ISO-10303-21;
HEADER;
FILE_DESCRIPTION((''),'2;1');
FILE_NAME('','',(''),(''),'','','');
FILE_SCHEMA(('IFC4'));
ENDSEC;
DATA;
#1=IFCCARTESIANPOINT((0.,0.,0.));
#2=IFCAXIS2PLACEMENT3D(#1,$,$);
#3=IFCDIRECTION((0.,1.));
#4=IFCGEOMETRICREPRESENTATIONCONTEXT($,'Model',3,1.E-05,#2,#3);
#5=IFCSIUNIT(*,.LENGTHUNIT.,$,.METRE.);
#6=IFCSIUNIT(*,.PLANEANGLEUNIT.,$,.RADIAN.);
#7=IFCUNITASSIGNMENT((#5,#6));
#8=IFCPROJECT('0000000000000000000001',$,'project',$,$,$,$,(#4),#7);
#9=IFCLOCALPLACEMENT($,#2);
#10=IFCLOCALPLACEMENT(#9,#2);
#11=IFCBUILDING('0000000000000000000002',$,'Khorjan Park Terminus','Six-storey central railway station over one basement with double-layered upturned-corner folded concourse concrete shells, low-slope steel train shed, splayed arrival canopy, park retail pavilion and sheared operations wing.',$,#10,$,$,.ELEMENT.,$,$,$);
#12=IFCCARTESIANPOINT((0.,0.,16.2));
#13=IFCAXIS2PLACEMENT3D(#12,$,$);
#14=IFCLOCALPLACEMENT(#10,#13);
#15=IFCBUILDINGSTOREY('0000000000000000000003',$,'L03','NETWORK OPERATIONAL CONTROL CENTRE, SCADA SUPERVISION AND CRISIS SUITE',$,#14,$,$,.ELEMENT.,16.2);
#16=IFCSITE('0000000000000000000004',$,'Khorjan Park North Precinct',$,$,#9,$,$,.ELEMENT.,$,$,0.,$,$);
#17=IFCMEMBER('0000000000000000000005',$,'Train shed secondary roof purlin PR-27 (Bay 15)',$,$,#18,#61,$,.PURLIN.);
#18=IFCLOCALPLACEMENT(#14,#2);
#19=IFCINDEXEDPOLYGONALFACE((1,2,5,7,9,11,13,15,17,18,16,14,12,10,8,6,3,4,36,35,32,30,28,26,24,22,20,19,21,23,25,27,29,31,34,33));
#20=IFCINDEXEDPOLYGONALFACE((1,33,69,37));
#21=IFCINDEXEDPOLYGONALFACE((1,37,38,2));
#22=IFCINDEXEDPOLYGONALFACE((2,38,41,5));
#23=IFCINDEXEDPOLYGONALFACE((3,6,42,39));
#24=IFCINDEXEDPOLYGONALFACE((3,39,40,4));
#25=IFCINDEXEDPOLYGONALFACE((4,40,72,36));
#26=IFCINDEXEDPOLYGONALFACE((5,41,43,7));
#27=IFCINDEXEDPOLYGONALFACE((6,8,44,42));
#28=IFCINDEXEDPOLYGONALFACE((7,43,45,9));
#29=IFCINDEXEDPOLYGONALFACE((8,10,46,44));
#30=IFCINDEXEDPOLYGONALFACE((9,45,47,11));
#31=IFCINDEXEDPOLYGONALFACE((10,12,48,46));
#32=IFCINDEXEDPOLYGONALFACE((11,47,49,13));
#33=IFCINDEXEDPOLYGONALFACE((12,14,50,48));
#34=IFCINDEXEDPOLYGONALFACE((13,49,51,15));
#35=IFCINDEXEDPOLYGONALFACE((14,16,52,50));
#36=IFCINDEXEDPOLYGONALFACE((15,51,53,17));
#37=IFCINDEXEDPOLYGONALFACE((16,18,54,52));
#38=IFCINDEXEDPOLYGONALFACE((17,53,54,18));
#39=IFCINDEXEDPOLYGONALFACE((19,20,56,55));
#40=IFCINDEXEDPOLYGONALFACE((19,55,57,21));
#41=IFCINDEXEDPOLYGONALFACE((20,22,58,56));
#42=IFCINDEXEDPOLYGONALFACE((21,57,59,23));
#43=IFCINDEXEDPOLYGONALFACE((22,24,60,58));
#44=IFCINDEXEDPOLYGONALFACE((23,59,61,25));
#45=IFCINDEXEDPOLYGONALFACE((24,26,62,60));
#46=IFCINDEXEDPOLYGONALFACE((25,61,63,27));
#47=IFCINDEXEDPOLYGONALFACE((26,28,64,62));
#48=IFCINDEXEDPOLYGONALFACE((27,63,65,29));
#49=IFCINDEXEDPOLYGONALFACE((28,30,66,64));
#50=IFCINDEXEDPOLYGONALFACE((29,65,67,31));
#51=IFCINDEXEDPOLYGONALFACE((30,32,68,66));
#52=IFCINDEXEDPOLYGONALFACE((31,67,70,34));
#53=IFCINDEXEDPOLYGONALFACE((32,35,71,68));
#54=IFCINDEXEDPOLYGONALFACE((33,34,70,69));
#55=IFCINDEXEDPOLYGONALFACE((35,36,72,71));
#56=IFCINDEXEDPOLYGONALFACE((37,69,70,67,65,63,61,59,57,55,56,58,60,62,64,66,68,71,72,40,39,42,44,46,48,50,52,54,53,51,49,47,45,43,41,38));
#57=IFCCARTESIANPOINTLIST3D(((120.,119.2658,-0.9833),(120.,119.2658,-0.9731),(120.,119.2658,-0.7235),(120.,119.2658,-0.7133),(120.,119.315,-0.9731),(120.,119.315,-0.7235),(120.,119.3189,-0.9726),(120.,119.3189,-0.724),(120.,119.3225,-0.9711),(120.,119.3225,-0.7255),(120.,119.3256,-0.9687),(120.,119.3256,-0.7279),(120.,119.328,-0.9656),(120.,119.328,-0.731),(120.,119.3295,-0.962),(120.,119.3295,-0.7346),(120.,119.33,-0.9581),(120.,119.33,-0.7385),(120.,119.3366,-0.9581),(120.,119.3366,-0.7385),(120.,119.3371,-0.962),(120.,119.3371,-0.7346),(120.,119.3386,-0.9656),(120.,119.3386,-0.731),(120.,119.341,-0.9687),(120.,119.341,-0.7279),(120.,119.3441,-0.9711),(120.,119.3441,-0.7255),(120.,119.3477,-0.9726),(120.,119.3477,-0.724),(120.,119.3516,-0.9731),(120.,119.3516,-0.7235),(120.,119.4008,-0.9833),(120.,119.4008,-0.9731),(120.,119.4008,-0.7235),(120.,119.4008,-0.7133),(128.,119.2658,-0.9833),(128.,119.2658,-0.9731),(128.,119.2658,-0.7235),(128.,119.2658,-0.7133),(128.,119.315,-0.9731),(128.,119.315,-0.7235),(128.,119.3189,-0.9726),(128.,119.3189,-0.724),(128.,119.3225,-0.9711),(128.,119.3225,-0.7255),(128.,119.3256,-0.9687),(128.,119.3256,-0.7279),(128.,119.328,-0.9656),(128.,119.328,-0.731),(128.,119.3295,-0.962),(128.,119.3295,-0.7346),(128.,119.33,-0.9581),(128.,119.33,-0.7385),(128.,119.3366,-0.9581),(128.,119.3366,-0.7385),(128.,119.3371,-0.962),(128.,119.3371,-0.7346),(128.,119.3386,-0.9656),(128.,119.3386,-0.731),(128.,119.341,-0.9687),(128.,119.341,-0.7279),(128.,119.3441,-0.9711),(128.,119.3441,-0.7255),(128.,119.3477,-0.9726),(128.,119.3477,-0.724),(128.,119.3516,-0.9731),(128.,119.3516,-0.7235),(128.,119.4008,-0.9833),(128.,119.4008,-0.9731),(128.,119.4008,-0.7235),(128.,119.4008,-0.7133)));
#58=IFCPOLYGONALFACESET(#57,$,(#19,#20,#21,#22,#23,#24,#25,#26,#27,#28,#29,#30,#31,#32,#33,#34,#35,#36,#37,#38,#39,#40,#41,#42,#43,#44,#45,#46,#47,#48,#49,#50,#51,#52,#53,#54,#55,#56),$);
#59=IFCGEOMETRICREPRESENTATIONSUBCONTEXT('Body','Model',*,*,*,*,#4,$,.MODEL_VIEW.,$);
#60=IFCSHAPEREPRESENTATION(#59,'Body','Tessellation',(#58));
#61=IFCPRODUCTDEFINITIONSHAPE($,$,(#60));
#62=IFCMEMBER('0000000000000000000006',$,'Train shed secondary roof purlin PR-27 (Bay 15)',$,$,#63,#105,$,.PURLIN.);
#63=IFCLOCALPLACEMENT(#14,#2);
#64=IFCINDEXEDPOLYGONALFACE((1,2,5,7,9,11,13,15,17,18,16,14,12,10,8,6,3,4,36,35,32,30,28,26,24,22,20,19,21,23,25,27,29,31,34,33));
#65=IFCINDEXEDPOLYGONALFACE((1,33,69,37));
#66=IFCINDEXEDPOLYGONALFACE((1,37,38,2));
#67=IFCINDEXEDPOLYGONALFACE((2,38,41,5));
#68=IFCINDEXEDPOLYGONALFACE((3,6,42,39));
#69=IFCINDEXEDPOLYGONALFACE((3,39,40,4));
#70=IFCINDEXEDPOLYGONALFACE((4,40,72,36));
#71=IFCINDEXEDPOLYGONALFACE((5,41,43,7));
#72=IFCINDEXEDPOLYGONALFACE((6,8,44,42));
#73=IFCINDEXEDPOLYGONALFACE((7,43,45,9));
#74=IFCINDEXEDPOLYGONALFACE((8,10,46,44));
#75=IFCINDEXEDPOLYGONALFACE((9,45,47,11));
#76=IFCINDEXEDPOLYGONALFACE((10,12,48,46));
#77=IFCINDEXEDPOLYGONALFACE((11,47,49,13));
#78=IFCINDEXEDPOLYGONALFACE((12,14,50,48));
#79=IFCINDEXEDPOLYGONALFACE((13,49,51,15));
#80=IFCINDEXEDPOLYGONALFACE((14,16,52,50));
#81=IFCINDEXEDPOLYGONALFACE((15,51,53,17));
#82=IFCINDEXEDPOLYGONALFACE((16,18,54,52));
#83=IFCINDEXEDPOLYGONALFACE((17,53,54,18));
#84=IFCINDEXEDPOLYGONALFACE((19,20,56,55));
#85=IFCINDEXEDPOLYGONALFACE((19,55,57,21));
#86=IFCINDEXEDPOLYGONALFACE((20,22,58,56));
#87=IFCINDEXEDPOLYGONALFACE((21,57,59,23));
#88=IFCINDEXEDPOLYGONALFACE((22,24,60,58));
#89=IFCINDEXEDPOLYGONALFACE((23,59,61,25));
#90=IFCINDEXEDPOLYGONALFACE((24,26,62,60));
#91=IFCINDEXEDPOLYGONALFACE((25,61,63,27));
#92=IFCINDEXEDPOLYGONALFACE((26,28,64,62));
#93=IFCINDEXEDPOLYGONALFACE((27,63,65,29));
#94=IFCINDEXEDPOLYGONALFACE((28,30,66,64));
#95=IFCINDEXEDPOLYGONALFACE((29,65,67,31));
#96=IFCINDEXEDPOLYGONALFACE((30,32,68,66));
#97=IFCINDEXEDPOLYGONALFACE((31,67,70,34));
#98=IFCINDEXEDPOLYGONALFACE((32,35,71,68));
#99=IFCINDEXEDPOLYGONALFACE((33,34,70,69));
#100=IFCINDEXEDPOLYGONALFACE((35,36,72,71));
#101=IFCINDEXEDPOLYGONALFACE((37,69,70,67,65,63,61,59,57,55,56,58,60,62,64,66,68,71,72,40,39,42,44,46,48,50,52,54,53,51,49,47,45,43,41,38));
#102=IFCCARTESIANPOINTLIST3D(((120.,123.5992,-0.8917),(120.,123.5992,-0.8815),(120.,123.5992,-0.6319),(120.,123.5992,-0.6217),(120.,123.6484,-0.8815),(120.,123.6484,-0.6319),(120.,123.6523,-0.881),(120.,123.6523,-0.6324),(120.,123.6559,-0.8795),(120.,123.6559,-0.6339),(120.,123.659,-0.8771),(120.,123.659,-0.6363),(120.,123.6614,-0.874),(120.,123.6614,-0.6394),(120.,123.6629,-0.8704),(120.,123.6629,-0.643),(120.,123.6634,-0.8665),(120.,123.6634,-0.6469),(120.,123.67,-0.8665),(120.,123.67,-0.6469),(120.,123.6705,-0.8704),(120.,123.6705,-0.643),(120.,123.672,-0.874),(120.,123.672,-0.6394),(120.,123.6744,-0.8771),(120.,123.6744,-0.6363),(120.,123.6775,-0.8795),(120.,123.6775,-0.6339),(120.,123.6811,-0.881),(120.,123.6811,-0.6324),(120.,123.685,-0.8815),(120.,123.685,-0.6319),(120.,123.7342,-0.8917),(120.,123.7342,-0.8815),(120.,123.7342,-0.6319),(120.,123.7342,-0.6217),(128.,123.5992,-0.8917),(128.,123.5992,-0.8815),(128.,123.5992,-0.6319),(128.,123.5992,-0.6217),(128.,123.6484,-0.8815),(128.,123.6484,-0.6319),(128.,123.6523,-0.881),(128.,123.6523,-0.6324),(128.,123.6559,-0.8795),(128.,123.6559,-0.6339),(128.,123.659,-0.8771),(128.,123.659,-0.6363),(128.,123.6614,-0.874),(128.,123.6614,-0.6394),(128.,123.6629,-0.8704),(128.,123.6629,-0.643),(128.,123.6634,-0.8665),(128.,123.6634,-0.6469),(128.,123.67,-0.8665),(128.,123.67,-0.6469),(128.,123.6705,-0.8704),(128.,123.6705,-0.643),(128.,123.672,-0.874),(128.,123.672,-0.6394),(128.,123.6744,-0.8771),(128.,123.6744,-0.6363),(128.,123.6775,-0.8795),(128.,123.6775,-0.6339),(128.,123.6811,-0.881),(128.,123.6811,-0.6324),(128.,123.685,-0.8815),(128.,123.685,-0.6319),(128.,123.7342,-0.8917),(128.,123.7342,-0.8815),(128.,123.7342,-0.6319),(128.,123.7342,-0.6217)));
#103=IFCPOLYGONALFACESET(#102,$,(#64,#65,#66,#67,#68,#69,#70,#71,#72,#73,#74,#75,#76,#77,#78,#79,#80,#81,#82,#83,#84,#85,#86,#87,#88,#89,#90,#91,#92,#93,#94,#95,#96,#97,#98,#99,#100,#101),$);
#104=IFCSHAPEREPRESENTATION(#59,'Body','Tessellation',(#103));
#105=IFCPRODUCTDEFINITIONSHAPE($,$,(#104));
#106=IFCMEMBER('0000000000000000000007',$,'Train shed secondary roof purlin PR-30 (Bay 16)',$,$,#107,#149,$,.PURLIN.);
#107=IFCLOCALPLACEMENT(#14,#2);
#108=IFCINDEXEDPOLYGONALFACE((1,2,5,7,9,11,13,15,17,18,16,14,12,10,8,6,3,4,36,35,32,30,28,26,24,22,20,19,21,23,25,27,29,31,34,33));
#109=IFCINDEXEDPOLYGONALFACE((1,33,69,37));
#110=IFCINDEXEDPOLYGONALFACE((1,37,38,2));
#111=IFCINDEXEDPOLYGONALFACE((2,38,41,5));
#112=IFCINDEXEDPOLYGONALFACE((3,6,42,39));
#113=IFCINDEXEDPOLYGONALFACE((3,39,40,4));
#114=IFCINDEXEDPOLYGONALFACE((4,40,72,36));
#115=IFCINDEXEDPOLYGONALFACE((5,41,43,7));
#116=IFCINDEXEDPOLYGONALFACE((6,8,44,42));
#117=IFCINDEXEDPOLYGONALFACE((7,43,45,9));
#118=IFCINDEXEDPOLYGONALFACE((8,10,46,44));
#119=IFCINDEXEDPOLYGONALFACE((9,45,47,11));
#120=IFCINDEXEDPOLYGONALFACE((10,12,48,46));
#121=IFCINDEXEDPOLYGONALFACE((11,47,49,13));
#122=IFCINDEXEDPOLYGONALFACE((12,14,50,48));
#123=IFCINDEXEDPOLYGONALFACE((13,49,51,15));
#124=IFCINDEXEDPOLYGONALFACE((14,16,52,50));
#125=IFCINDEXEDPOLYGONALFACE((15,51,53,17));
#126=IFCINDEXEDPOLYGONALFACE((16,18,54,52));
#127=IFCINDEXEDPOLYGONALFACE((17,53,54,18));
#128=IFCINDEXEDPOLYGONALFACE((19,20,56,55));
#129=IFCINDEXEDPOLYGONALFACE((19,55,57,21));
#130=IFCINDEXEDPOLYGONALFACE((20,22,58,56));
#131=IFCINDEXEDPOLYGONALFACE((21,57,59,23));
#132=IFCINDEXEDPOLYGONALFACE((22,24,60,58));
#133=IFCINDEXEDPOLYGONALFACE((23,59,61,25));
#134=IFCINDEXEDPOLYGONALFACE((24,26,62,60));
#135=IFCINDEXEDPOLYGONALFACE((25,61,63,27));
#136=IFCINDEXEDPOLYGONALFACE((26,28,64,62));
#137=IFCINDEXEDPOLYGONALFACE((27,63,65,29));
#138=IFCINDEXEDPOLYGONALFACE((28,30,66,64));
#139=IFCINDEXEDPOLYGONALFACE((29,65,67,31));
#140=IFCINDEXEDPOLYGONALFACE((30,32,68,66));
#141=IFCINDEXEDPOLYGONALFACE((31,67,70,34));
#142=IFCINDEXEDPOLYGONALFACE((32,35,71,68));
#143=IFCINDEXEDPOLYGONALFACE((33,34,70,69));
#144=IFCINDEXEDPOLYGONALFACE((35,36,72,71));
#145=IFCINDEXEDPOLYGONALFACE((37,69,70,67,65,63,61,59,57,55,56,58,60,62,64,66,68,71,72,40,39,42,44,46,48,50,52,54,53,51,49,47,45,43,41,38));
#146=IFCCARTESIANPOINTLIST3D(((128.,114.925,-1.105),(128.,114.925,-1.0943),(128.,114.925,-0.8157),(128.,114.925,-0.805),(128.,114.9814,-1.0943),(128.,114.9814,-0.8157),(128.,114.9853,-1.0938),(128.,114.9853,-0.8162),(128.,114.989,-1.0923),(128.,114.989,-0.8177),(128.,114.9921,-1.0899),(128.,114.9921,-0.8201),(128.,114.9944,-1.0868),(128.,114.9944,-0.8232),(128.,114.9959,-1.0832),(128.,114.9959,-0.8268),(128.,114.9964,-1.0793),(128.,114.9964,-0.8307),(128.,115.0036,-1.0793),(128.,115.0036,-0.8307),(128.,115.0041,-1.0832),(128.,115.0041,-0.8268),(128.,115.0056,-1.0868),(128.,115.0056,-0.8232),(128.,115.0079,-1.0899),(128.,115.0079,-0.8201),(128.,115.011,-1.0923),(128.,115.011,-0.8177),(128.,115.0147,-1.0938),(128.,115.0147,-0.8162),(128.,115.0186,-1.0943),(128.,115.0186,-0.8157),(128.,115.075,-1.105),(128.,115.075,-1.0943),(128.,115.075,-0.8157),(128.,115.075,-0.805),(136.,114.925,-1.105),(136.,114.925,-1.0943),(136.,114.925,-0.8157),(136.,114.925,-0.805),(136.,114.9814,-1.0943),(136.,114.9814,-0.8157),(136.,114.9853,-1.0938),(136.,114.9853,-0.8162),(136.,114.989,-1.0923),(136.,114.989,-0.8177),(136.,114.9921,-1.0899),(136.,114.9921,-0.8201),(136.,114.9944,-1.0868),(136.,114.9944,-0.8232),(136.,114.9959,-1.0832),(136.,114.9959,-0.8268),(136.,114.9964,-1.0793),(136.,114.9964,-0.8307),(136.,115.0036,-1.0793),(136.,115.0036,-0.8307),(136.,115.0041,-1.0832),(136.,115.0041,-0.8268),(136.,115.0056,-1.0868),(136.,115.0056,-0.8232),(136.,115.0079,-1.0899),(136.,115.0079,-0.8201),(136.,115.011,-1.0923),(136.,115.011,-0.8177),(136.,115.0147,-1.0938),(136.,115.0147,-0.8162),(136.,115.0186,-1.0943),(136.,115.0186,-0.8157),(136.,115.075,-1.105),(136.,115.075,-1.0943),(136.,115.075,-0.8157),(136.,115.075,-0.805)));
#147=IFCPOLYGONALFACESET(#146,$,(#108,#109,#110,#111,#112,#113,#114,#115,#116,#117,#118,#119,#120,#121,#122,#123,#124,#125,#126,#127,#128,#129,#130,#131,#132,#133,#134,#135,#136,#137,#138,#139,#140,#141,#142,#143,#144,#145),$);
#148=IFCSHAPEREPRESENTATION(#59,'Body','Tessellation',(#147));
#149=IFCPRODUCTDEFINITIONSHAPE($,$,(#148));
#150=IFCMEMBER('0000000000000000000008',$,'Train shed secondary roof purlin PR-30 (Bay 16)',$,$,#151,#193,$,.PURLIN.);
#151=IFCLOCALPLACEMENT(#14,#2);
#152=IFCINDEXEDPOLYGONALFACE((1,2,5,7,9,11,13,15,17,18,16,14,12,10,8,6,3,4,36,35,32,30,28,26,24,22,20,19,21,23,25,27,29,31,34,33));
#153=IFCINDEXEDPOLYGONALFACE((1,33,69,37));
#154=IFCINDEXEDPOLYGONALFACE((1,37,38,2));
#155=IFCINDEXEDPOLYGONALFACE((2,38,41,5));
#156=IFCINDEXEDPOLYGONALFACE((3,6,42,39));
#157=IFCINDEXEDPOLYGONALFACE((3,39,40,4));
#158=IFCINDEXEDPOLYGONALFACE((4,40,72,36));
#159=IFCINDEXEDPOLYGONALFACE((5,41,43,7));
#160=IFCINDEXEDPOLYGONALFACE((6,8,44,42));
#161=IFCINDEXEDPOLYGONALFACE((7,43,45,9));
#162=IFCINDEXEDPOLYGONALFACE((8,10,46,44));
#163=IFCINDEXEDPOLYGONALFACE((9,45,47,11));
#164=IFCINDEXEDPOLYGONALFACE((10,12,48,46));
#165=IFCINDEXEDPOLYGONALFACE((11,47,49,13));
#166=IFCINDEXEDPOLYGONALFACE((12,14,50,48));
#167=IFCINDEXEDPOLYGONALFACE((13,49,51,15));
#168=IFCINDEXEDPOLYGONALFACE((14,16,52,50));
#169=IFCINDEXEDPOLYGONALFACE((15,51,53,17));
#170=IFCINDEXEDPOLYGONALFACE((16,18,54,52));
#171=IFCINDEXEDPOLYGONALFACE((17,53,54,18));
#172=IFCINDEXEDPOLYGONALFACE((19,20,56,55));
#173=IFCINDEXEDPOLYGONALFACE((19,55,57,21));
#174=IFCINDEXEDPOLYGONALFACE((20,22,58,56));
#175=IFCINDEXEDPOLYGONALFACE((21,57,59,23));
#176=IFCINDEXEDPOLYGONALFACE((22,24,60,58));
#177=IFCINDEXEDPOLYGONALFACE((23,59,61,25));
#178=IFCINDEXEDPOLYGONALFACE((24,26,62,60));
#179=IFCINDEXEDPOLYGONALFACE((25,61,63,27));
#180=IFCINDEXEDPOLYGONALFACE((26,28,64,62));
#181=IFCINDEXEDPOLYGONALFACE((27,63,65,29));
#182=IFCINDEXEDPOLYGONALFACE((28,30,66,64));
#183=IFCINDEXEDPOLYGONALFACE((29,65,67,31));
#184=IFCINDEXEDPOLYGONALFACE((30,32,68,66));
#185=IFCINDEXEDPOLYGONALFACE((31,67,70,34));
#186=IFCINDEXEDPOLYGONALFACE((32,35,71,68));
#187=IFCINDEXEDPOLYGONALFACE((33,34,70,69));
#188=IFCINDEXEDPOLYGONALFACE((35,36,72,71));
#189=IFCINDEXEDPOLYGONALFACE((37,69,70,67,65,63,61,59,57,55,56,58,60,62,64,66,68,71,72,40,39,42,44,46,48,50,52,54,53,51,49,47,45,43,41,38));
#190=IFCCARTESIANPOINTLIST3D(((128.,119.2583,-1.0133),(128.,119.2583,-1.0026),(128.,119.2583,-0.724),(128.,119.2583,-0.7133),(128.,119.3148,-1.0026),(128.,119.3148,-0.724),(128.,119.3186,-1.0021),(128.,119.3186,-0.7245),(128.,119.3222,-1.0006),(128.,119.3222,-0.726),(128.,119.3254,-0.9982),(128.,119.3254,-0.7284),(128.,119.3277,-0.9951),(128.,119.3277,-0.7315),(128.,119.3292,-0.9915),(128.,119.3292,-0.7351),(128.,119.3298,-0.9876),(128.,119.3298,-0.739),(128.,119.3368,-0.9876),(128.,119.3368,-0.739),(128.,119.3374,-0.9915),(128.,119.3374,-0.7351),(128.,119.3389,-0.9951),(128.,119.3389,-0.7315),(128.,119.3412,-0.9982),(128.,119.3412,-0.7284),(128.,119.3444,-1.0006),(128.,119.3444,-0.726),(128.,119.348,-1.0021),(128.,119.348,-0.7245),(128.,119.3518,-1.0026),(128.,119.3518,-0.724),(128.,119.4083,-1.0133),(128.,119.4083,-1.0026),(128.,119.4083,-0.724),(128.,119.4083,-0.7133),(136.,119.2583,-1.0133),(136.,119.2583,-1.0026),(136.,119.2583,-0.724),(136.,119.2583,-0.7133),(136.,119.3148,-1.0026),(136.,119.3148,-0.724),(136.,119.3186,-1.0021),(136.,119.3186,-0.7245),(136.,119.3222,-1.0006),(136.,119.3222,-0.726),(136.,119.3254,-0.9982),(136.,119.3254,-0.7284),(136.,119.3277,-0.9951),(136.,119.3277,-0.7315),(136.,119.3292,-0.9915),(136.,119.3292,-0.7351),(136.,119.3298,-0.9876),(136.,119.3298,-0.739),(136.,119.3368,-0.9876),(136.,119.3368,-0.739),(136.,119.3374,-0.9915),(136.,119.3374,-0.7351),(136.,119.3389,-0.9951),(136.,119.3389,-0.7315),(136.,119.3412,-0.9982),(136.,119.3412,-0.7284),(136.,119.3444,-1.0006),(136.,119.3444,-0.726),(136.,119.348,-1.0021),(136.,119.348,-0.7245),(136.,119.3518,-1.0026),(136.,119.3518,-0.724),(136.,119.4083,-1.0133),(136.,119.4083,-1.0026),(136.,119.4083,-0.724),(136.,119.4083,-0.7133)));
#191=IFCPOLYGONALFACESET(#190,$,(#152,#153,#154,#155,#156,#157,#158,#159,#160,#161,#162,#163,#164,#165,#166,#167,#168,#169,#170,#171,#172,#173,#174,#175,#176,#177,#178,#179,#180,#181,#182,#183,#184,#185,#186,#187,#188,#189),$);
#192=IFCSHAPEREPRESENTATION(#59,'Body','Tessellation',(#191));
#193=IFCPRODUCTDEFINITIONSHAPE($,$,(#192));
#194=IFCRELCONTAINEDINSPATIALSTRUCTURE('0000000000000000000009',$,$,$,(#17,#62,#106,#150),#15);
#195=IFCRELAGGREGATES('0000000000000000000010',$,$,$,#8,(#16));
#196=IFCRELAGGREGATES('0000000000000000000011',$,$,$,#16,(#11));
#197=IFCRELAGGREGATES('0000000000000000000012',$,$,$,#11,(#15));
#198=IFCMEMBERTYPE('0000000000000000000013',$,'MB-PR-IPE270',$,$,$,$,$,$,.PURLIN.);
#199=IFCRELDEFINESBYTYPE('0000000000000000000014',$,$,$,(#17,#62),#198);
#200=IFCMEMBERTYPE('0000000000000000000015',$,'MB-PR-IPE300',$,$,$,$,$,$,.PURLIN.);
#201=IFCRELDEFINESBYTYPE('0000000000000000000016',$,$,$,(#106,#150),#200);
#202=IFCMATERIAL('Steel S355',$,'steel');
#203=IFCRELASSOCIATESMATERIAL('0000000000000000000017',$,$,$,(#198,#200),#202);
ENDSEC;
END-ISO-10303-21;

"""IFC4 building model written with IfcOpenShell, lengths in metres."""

from ifc_helpers import new_model, si_unit, direction, frame, origin, origin_2d, place, context, subcontext, project, spatial, i_section, extrude, material, material_profile, profile_set, type_object, element, save


model = new_model("IFC4")

# Units and contexts
model_context = context("Model", 3, precision=1e-05, world=origin(), true_north=direction((0.0, 1.0)))
body_context = subcontext(model_context, "Body", "Model", "MODEL_VIEW")
ifc_project = project(units=[si_unit("LENGTHUNIT", "METRE"), si_unit("PLANEANGLEUNIT", "RADIAN")], contexts=[model_context])

# Site, building, storey
site_placement = place(None, origin())
site = spatial("IfcSite", under=ifc_project, at=site_placement, Name="Khorjan Park North Precinct", CompositionType="ELEMENT", RefElevation=0.0)
building_placement = place(site_placement, origin())
building = spatial("IfcBuilding", under=site, at=building_placement, Name="Khorjan Park Terminus", Description="Six-storey central railway station over one basement with double-layered upturned-corner folded concourse concrete shells, low-slope steel train shed, splayed arrival canopy, park retail pavilion and sheared operations wing.", CompositionType="ELEMENT")
storey_placement = place(building_placement, frame((0.0, 0.0, 16.2)))
storey = spatial("IfcBuildingStorey", under=building, at=storey_placement, Name="L03", Description="NETWORK OPERATIONAL CONTROL CENTRE, SCADA SUPERVISION AND CRISIS SUITE", CompositionType="ELEMENT", Elevation=16.2)

# Members
ifc_material = material(Name="Steel S355", Category="steel")
ifc_material_profile_1 = material_profile(ifc_material, i_section(OverallWidth=0.135, OverallDepth=0.27, WebThickness=0.0066, FlangeThickness=0.0102, FilletRadius=0.015, at=origin_2d()), Name="IPE 270")
ifc_profile_set_1 = profile_set([ifc_material_profile_1], Name="Steel S355")
member_type_1 = type_object("IfcMemberType", Name="MB-PR-IPE270", PredefinedType="PURLIN", material=ifc_profile_set_1)
for number, where, z_axis, x_axis, name in (
    (1, (120.0, 119.3333, -0.8483), (1.0, 0.0, 0.0), (0.0, 1.0, 0.0), "Train shed secondary roof purlin PR-27 (Bay 15)"),
    (2, (120.0, 123.6667, -0.7567), (1.0, 0.0, 0.0), (0.0, 1.0, 0.0), "Train shed secondary roof purlin PR-27 (Bay 15)"),
):
    element("IfcMember", number, at=place(storey_placement, frame(where, z_axis=z_axis, x_axis=x_axis)), inside=storey, type_object=member_type_1, Name=name, PredefinedType="PURLIN", context=body_context, shape_type="SweptSolid", body=[
        extrude(i_section(OverallWidth=0.135, OverallDepth=0.27, WebThickness=0.0066, FlangeThickness=0.0102, FilletRadius=0.015, at=origin_2d()), origin(), (0.0, 0.0, 1.0), 8.0),
    ])
ifc_material_profile_2 = material_profile(ifc_material, i_section(OverallWidth=0.15, OverallDepth=0.3, WebThickness=0.0071, FlangeThickness=0.0107, FilletRadius=0.015, at=origin_2d()), Name="IPE 300")
ifc_profile_set_2 = profile_set([ifc_material_profile_2], Name="Steel S355")
member_type_2 = type_object("IfcMemberType", Name="MB-PR-IPE300", PredefinedType="PURLIN", material=ifc_profile_set_2)
for number, where, z_axis, x_axis, name in (
    (3, (128.0, 115.0, -0.955), (1.0, 0.0, 0.0), (0.0, 1.0, 0.0), "Train shed secondary roof purlin PR-30 (Bay 16)"),
    (4, (128.0, 119.3333, -0.8633), (1.0, 0.0, 0.0), (0.0, 1.0, 0.0), "Train shed secondary roof purlin PR-30 (Bay 16)"),
):
    element("IfcMember", number, at=place(storey_placement, frame(where, z_axis=z_axis, x_axis=x_axis)), inside=storey, type_object=member_type_2, Name=name, PredefinedType="PURLIN", context=body_context, shape_type="SweptSolid", body=[
        extrude(i_section(OverallWidth=0.15, OverallDepth=0.3, WebThickness=0.0071, FlangeThickness=0.0107, FilletRadius=0.015, at=origin_2d()), origin(), (0.0, 0.0, 1.0), 8.0),
    ])

save(model, "model.ifc")
